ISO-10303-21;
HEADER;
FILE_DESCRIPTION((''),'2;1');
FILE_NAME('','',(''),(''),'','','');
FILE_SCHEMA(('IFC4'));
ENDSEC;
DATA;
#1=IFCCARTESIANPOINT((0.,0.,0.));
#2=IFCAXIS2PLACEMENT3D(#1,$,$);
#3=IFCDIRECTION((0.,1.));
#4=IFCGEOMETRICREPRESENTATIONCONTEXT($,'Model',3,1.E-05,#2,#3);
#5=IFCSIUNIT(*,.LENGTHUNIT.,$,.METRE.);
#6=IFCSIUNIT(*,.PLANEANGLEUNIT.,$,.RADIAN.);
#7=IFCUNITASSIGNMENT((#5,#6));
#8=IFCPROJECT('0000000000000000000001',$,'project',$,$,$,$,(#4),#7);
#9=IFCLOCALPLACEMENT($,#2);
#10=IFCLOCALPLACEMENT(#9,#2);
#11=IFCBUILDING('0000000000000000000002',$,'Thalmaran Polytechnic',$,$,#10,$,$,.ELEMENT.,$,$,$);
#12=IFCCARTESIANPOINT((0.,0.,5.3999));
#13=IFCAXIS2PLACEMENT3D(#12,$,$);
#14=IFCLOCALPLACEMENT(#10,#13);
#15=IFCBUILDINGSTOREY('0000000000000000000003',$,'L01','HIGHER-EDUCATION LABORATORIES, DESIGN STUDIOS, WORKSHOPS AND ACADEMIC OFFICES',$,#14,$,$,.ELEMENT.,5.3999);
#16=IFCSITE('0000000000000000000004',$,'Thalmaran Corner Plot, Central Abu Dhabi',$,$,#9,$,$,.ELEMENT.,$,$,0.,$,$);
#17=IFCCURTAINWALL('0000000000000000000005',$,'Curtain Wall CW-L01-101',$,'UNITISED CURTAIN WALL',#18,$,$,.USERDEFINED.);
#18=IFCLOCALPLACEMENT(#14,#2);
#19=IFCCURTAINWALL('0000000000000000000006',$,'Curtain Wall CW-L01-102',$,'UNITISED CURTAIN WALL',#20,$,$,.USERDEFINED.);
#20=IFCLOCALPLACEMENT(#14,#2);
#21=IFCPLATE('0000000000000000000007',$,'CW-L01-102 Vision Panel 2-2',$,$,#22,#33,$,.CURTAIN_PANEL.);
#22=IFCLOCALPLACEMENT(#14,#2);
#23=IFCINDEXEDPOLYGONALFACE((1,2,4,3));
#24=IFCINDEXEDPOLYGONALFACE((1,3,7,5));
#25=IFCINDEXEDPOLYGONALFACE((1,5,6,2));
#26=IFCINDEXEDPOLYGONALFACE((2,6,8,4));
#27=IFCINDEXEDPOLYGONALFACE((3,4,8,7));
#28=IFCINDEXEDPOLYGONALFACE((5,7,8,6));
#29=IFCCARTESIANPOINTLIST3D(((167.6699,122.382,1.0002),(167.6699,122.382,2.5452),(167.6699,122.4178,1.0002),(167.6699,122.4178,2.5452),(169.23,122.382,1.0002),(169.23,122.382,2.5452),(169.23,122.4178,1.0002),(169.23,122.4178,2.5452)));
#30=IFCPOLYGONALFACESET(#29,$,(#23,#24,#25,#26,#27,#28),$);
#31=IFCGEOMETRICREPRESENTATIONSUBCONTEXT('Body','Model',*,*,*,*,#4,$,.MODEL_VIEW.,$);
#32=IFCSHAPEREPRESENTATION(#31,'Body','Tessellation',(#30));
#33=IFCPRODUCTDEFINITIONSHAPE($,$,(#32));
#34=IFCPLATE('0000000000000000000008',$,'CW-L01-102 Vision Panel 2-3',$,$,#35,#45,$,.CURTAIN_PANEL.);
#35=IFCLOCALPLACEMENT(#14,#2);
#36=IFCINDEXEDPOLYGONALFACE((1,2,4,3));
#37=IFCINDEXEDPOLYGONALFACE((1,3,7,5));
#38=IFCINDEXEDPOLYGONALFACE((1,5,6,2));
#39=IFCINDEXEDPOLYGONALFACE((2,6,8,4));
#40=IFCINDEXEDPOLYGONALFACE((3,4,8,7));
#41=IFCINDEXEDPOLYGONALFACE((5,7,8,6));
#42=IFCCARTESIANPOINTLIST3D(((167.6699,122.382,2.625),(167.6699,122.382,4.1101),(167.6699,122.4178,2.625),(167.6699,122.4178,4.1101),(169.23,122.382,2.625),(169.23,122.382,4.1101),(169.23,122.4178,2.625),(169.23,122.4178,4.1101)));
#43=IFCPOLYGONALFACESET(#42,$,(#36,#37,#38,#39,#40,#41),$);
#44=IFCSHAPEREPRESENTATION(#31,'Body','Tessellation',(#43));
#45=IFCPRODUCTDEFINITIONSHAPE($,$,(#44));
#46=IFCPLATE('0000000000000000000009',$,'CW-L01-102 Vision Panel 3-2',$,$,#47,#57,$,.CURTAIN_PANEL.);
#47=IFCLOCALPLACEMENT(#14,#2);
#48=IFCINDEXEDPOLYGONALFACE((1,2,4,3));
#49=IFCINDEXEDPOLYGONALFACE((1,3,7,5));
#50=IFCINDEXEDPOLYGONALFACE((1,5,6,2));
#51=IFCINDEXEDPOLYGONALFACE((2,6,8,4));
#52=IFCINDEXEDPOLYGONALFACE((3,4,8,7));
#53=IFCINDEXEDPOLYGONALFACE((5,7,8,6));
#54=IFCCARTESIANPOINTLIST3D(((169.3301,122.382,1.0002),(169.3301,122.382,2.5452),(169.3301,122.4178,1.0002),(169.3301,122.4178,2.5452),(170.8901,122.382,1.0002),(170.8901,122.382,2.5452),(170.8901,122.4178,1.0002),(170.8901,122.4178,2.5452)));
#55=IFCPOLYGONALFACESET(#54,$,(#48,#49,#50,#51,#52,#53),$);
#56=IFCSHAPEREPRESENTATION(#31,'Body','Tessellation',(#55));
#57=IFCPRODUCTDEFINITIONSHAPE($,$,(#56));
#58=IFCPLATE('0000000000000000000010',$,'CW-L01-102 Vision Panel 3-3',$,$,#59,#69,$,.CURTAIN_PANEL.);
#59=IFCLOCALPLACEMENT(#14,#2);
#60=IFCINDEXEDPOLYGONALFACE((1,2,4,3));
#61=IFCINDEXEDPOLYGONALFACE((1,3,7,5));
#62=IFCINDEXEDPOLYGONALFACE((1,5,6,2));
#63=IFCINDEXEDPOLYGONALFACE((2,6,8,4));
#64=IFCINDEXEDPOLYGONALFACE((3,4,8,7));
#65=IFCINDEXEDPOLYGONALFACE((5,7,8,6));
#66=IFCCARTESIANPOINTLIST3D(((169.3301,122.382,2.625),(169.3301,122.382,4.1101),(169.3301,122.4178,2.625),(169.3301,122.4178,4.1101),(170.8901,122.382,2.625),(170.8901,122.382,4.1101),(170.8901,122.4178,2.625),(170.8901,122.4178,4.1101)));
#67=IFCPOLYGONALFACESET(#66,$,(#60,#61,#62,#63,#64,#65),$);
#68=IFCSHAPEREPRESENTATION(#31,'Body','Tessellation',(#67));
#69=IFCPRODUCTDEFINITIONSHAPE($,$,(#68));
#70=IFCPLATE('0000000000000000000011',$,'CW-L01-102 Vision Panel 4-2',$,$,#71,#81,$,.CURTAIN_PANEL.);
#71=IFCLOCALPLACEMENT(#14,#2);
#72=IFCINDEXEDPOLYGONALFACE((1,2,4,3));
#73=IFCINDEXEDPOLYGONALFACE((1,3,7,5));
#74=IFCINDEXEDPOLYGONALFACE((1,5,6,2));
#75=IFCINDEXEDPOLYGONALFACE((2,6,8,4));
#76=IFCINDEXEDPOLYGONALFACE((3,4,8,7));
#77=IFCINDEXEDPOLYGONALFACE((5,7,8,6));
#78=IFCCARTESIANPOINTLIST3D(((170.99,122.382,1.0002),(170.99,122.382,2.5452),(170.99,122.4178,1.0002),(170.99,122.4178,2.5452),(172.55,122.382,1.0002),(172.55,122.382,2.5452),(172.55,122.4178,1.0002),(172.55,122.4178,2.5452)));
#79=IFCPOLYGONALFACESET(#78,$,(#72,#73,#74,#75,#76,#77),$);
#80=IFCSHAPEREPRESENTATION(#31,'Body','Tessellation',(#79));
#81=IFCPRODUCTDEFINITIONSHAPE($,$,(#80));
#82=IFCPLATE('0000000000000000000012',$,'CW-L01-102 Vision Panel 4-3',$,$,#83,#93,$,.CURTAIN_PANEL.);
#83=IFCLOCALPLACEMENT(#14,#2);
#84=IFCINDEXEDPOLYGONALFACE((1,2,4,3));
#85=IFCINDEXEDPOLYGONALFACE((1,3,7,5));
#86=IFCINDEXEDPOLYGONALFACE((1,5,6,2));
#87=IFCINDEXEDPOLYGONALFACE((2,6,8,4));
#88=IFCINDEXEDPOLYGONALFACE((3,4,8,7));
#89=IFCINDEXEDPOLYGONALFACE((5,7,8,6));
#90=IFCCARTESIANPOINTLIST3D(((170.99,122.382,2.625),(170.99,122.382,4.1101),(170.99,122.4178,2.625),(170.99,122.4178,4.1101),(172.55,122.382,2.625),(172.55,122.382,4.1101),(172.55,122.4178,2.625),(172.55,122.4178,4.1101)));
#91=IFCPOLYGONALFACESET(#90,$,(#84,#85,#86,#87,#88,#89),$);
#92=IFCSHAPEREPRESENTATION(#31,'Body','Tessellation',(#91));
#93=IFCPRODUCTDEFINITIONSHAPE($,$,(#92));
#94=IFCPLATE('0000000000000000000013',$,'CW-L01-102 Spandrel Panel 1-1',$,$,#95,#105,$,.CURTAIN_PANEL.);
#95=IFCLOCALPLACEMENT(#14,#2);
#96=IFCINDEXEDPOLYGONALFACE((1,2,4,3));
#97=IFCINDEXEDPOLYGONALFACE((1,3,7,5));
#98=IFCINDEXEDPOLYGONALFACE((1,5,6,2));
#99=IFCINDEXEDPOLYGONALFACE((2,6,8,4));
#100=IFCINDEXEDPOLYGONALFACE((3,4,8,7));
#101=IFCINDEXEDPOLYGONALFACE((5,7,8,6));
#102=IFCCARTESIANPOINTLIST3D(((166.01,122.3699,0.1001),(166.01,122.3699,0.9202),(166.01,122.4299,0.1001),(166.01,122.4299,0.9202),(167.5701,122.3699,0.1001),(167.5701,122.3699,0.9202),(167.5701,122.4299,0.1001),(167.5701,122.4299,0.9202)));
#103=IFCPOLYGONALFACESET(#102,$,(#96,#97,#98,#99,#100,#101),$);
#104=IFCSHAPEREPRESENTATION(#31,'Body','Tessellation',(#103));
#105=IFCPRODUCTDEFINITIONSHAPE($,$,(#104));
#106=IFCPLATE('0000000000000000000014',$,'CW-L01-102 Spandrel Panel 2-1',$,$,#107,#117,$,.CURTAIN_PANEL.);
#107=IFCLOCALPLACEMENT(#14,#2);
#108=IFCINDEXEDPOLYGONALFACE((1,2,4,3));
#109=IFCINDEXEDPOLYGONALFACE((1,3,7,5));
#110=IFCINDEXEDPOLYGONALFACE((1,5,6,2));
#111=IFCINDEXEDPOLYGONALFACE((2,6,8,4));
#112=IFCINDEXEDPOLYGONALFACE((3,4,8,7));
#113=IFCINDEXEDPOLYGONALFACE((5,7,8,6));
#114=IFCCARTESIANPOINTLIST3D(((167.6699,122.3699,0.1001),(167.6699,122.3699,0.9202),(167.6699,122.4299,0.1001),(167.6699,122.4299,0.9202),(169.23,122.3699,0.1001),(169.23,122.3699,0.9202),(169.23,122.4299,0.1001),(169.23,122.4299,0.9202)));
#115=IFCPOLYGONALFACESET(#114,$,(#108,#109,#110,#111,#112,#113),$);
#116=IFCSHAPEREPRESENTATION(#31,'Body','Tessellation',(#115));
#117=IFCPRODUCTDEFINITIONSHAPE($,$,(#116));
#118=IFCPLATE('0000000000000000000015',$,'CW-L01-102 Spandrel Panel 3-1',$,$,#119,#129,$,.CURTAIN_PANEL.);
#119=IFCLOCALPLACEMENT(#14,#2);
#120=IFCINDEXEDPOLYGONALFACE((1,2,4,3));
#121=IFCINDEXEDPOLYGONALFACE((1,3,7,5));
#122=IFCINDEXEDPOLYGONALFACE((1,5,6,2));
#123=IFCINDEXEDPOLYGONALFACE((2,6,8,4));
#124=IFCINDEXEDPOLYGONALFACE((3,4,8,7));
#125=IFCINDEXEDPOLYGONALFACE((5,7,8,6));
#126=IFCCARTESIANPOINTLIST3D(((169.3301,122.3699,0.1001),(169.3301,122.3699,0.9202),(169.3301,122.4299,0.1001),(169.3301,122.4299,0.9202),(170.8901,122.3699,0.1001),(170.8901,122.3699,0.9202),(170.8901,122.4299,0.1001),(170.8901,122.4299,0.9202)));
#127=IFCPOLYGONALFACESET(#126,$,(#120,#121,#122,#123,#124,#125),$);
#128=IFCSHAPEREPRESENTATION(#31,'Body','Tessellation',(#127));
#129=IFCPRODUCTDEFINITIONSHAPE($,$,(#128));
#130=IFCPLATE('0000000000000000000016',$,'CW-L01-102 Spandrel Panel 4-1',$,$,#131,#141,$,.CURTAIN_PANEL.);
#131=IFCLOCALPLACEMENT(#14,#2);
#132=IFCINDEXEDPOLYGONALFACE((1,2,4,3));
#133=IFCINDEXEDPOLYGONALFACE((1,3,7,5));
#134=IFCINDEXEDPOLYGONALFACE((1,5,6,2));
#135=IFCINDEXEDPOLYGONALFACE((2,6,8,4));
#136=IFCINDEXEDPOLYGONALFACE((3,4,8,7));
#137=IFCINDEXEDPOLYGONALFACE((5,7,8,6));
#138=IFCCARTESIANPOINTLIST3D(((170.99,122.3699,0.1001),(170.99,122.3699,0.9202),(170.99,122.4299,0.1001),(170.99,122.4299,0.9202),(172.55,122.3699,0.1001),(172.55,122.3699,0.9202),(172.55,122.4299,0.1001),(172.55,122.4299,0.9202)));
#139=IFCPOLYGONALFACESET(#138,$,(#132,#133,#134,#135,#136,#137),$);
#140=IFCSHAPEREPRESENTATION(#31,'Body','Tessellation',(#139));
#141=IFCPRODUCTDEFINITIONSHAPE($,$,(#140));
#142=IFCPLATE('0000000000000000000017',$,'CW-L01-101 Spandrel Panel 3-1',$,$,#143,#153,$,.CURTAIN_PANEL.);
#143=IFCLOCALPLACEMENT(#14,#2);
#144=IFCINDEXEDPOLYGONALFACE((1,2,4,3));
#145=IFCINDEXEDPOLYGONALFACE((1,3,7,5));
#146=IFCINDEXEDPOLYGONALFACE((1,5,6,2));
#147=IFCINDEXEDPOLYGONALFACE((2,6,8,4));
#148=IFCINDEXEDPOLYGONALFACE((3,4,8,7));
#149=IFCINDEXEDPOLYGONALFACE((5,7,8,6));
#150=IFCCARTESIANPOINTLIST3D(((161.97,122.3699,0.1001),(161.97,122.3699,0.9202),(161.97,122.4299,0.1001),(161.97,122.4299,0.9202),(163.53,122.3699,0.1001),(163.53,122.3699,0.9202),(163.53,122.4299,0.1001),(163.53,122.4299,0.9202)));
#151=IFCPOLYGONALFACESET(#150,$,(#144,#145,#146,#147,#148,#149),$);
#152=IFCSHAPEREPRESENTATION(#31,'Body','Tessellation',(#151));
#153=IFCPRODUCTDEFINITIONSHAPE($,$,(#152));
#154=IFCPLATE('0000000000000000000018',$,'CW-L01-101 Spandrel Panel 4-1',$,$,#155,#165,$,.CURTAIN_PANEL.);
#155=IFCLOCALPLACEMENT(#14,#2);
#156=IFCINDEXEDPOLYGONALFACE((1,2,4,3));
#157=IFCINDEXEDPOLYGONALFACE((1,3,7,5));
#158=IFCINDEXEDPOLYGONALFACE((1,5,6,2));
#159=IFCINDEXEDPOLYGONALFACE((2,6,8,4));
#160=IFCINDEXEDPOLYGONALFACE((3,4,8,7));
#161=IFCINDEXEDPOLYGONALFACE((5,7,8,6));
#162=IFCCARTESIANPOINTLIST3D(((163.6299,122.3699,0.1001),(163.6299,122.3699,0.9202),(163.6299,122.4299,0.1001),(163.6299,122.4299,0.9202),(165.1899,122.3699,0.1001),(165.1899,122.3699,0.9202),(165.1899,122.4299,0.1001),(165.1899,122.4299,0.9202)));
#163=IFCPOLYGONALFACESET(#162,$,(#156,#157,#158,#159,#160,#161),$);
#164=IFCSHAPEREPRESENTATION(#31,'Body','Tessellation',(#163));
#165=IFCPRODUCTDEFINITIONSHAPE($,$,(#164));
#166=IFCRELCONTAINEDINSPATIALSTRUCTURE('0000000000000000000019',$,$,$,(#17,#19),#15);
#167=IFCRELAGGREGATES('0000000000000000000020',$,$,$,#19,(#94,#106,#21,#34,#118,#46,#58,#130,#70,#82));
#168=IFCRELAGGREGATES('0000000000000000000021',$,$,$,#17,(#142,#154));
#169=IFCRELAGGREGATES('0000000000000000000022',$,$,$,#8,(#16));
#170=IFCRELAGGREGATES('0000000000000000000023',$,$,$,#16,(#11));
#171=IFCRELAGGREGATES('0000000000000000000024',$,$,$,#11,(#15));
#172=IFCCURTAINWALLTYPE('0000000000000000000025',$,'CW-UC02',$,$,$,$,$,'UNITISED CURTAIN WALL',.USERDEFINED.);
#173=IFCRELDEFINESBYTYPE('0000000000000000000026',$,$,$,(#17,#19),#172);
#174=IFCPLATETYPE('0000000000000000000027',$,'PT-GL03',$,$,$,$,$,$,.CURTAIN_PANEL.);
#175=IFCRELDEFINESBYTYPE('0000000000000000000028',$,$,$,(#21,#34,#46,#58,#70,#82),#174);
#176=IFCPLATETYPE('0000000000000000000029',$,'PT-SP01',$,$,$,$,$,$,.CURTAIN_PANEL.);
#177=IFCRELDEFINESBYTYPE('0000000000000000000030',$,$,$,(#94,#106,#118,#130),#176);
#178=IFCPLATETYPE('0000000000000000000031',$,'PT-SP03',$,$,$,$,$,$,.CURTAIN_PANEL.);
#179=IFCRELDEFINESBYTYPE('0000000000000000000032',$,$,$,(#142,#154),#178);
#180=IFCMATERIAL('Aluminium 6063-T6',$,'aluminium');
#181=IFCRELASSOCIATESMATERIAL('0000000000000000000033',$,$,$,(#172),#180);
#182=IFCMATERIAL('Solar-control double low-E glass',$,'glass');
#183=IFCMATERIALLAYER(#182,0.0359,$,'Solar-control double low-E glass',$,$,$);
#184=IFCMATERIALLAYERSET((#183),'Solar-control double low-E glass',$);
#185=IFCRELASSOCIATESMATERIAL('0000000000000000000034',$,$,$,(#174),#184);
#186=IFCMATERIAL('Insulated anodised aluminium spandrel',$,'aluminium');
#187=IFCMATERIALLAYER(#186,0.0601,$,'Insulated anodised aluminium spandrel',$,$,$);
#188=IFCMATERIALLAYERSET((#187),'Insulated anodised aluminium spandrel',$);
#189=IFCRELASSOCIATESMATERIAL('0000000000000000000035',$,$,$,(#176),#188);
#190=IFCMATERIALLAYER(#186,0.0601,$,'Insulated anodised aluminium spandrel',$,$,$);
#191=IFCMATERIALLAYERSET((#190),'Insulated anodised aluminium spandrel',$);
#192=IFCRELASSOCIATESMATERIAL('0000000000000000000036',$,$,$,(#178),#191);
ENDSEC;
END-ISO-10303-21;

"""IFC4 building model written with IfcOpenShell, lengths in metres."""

from ifc_helpers import new_model, si_unit, direction, frame, origin, origin_2d, place, context, subcontext, project, spatial, rectangle, extrude, material, layer, layer_set, type_object, element, aggregate, save


model = new_model("IFC4")

# Units and contexts
model_context = context("Model", 3, precision=1e-05, world=origin(), true_north=direction((0.0, 1.0)))
body_context = subcontext(model_context, "Body", "Model", "MODEL_VIEW")
ifc_project = project(units=[si_unit("LENGTHUNIT", "METRE"), si_unit("PLANEANGLEUNIT", "RADIAN")], contexts=[model_context])

# Site, building, storey
site_placement = place(None, origin())
site = spatial("IfcSite", under=ifc_project, at=site_placement, Name="Thalmaran Corner Plot, Central Abu Dhabi", CompositionType="ELEMENT", RefElevation=0.0)
building_placement = place(site_placement, origin())
building = spatial("IfcBuilding", under=site, at=building_placement, Name="Thalmaran Polytechnic", CompositionType="ELEMENT")
storey_placement = place(building_placement, frame((0.0, 0.0, 5.3999)))
storey = spatial("IfcBuildingStorey", under=building, at=storey_placement, Name="L01", Description="HIGHER-EDUCATION LABORATORIES, DESIGN STUDIOS, WORKSHOPS AND ACADEMIC OFFICES", CompositionType="ELEMENT", Elevation=5.3999)

# Curtain walls
ifc_material_1 = material(Name="Aluminium 6063-T6", Category="aluminium")
curtain_wall_type = type_object("IfcCurtainWallType", Name="CW-UC02", ElementType="UNITISED CURTAIN WALL", PredefinedType="USERDEFINED", material=ifc_material_1)
curtain_wall_1_placement = place(storey_placement, origin())
curtain_wall_1 = element("IfcCurtainWall", 1, at=curtain_wall_1_placement, inside=storey, type_object=curtain_wall_type, Name="Curtain Wall CW-L01-101", ObjectType="UNITISED CURTAIN WALL", PredefinedType="USERDEFINED")
curtain_wall_2_placement = place(storey_placement, origin())
curtain_wall_2 = element("IfcCurtainWall", 2, at=curtain_wall_2_placement, inside=storey, type_object=curtain_wall_type, Name="Curtain Wall CW-L01-102", ObjectType="UNITISED CURTAIN WALL", PredefinedType="USERDEFINED")

# Plates
ifc_material_2 = material(Name="Solar-control double low-E glass", Category="glass")
ifc_layer_1 = layer(ifc_material_2, 0.0359, Name="Solar-control double low-E glass")
ifc_layer_set_1 = layer_set([ifc_layer_1], Name="Solar-control double low-E glass")
plate_type_1 = type_object("IfcPlateType", Name="PT-GL03", PredefinedType="CURTAIN_PANEL", material=ifc_layer_set_1)
plate_1_placement = place(storey_placement, frame((168.45, 122.3999, 1.0002), z_axis=(0.0, 0.0, 1.0), x_axis=(1.0, 0.0, 0.0)))
plate_1 = element("IfcPlate", 3, at=plate_1_placement, type_object=plate_type_1, Name="CW-L01-102 Vision Panel 2-2", PredefinedType="CURTAIN_PANEL", context=body_context, shape_type="SweptSolid", body=[
    extrude(rectangle(XDim=1.5601, YDim=0.0359, at=origin_2d()), origin(), (0.0, 0.0, 1.0), 1.5449),
])
plate_2_placement = place(storey_placement, frame((168.45, 122.3999, 2.625), z_axis=(0.0, 0.0, 1.0), x_axis=(1.0, 0.0, 0.0)))
plate_2 = element("IfcPlate", 4, at=plate_2_placement, type_object=plate_type_1, Name="CW-L01-102 Vision Panel 2-3", PredefinedType="CURTAIN_PANEL", context=body_context, shape_type="SweptSolid", body=[
    extrude(rectangle(XDim=1.5601, YDim=0.0359, at=origin_2d()), origin(), (0.0, 0.0, 1.0), 1.4851),
])
plate_3_placement = place(storey_placement, frame((170.1101, 122.3999, 1.0002), z_axis=(0.0, 0.0, 1.0), x_axis=(1.0, 0.0, 0.0)))
plate_3 = element("IfcPlate", 5, at=plate_3_placement, type_object=plate_type_1, Name="CW-L01-102 Vision Panel 3-2", PredefinedType="CURTAIN_PANEL", context=body_context, shape_type="SweptSolid", body=[
    extrude(rectangle(XDim=1.5601, YDim=0.0359, at=origin_2d()), origin(), (0.0, 0.0, 1.0), 1.5449),
])
plate_4_placement = place(storey_placement, frame((170.1101, 122.3999, 2.625), z_axis=(0.0, 0.0, 1.0), x_axis=(1.0, 0.0, 0.0)))
plate_4 = element("IfcPlate", 6, at=plate_4_placement, type_object=plate_type_1, Name="CW-L01-102 Vision Panel 3-3", PredefinedType="CURTAIN_PANEL", context=body_context, shape_type="SweptSolid", body=[
    extrude(rectangle(XDim=1.5601, YDim=0.0359, at=origin_2d()), origin(), (0.0, 0.0, 1.0), 1.4851),
])
plate_5_placement = place(storey_placement, frame((171.77, 122.3999, 1.0002), z_axis=(0.0, 0.0, 1.0), x_axis=(1.0, 0.0, 0.0)))
plate_5 = element("IfcPlate", 7, at=plate_5_placement, type_object=plate_type_1, Name="CW-L01-102 Vision Panel 4-2", PredefinedType="CURTAIN_PANEL", context=body_context, shape_type="SweptSolid", body=[
    extrude(rectangle(XDim=1.5601, YDim=0.0359, at=origin_2d()), origin(), (0.0, 0.0, 1.0), 1.5449),
])
plate_6_placement = place(storey_placement, frame((171.77, 122.3999, 2.625), z_axis=(0.0, 0.0, 1.0), x_axis=(1.0, 0.0, 0.0)))
plate_6 = element("IfcPlate", 8, at=plate_6_placement, type_object=plate_type_1, Name="CW-L01-102 Vision Panel 4-3", PredefinedType="CURTAIN_PANEL", context=body_context, shape_type="SweptSolid", body=[
    extrude(rectangle(XDim=1.5601, YDim=0.0359, at=origin_2d()), origin(), (0.0, 0.0, 1.0), 1.4851),
])
ifc_material_3 = material(Name="Insulated anodised aluminium spandrel", Category="aluminium")
ifc_layer_2 = layer(ifc_material_3, 0.0601, Name="Insulated anodised aluminium spandrel")
ifc_layer_set_2 = layer_set([ifc_layer_2], Name="Insulated anodised aluminium spandrel")
plate_type_2 = type_object("IfcPlateType", Name="PT-SP01", PredefinedType="CURTAIN_PANEL", material=ifc_layer_set_2)
plate_7_placement = place(storey_placement, frame((166.79, 122.3999, 0.1001), z_axis=(0.0, 0.0, 1.0), x_axis=(1.0, 0.0, 0.0)))
plate_7 = element("IfcPlate", 9, at=plate_7_placement, type_object=plate_type_2, Name="CW-L01-102 Spandrel Panel 1-1", PredefinedType="CURTAIN_PANEL", context=body_context, shape_type="SweptSolid", body=[
    extrude(rectangle(XDim=1.5601, YDim=0.0601, at=origin_2d()), origin(), (0.0, 0.0, 1.0), 0.8201),
])
plate_8_placement = place(storey_placement, frame((168.45, 122.3999, 0.1001), z_axis=(0.0, 0.0, 1.0), x_axis=(1.0, 0.0, 0.0)))
plate_8 = element("IfcPlate", 10, at=plate_8_placement, type_object=plate_type_2, Name="CW-L01-102 Spandrel Panel 2-1", PredefinedType="CURTAIN_PANEL", context=body_context, shape_type="SweptSolid", body=[
    extrude(rectangle(XDim=1.5601, YDim=0.0601, at=origin_2d()), origin(), (0.0, 0.0, 1.0), 0.8201),
])
plate_9_placement = place(storey_placement, frame((170.1101, 122.3999, 0.1001), z_axis=(0.0, 0.0, 1.0), x_axis=(1.0, 0.0, 0.0)))
plate_9 = element("IfcPlate", 11, at=plate_9_placement, type_object=plate_type_2, Name="CW-L01-102 Spandrel Panel 3-1", PredefinedType="CURTAIN_PANEL", context=body_context, shape_type="SweptSolid", body=[
    extrude(rectangle(XDim=1.5601, YDim=0.0601, at=origin_2d()), origin(), (0.0, 0.0, 1.0), 0.8201),
])
plate_10_placement = place(storey_placement, frame((171.77, 122.3999, 0.1001), z_axis=(0.0, 0.0, 1.0), x_axis=(1.0, 0.0, 0.0)))
plate_10 = element("IfcPlate", 12, at=plate_10_placement, type_object=plate_type_2, Name="CW-L01-102 Spandrel Panel 4-1", PredefinedType="CURTAIN_PANEL", context=body_context, shape_type="SweptSolid", body=[
    extrude(rectangle(XDim=1.5601, YDim=0.0601, at=origin_2d()), origin(), (0.0, 0.0, 1.0), 0.8201),
])
aggregate(curtain_wall_2, [plate_7, plate_8, plate_1, plate_2, plate_9, plate_3, plate_4, plate_10, plate_5, plate_6])
ifc_layer_3 = layer(ifc_material_3, 0.0601, Name="Insulated anodised aluminium spandrel")
ifc_layer_set_3 = layer_set([ifc_layer_3], Name="Insulated anodised aluminium spandrel")
plate_type_3 = type_object("IfcPlateType", Name="PT-SP03", PredefinedType="CURTAIN_PANEL", material=ifc_layer_set_3)
plate_11_placement = place(storey_placement, frame((162.75, 122.3999, 0.1001), z_axis=(0.0, 0.0, 1.0), x_axis=(1.0, 0.0, 0.0)))
plate_11 = element("IfcPlate", 13, at=plate_11_placement, type_object=plate_type_3, Name="CW-L01-101 Spandrel Panel 3-1", PredefinedType="CURTAIN_PANEL", context=body_context, shape_type="SweptSolid", body=[
    extrude(rectangle(XDim=1.5601, YDim=0.0601, at=origin_2d()), origin(), (0.0, 0.0, 1.0), 0.8201),
])
plate_12_placement = place(storey_placement, frame((164.4099, 122.3999, 0.1001), z_axis=(0.0, 0.0, 1.0), x_axis=(1.0, 0.0, 0.0)))
plate_12 = element("IfcPlate", 14, at=plate_12_placement, type_object=plate_type_3, Name="CW-L01-101 Spandrel Panel 4-1", PredefinedType="CURTAIN_PANEL", context=body_context, shape_type="SweptSolid", body=[
    extrude(rectangle(XDim=1.5601, YDim=0.0601, at=origin_2d()), origin(), (0.0, 0.0, 1.0), 0.8201),
])
aggregate(curtain_wall_1, [plate_11, plate_12])

save(model, "model.ifc")
